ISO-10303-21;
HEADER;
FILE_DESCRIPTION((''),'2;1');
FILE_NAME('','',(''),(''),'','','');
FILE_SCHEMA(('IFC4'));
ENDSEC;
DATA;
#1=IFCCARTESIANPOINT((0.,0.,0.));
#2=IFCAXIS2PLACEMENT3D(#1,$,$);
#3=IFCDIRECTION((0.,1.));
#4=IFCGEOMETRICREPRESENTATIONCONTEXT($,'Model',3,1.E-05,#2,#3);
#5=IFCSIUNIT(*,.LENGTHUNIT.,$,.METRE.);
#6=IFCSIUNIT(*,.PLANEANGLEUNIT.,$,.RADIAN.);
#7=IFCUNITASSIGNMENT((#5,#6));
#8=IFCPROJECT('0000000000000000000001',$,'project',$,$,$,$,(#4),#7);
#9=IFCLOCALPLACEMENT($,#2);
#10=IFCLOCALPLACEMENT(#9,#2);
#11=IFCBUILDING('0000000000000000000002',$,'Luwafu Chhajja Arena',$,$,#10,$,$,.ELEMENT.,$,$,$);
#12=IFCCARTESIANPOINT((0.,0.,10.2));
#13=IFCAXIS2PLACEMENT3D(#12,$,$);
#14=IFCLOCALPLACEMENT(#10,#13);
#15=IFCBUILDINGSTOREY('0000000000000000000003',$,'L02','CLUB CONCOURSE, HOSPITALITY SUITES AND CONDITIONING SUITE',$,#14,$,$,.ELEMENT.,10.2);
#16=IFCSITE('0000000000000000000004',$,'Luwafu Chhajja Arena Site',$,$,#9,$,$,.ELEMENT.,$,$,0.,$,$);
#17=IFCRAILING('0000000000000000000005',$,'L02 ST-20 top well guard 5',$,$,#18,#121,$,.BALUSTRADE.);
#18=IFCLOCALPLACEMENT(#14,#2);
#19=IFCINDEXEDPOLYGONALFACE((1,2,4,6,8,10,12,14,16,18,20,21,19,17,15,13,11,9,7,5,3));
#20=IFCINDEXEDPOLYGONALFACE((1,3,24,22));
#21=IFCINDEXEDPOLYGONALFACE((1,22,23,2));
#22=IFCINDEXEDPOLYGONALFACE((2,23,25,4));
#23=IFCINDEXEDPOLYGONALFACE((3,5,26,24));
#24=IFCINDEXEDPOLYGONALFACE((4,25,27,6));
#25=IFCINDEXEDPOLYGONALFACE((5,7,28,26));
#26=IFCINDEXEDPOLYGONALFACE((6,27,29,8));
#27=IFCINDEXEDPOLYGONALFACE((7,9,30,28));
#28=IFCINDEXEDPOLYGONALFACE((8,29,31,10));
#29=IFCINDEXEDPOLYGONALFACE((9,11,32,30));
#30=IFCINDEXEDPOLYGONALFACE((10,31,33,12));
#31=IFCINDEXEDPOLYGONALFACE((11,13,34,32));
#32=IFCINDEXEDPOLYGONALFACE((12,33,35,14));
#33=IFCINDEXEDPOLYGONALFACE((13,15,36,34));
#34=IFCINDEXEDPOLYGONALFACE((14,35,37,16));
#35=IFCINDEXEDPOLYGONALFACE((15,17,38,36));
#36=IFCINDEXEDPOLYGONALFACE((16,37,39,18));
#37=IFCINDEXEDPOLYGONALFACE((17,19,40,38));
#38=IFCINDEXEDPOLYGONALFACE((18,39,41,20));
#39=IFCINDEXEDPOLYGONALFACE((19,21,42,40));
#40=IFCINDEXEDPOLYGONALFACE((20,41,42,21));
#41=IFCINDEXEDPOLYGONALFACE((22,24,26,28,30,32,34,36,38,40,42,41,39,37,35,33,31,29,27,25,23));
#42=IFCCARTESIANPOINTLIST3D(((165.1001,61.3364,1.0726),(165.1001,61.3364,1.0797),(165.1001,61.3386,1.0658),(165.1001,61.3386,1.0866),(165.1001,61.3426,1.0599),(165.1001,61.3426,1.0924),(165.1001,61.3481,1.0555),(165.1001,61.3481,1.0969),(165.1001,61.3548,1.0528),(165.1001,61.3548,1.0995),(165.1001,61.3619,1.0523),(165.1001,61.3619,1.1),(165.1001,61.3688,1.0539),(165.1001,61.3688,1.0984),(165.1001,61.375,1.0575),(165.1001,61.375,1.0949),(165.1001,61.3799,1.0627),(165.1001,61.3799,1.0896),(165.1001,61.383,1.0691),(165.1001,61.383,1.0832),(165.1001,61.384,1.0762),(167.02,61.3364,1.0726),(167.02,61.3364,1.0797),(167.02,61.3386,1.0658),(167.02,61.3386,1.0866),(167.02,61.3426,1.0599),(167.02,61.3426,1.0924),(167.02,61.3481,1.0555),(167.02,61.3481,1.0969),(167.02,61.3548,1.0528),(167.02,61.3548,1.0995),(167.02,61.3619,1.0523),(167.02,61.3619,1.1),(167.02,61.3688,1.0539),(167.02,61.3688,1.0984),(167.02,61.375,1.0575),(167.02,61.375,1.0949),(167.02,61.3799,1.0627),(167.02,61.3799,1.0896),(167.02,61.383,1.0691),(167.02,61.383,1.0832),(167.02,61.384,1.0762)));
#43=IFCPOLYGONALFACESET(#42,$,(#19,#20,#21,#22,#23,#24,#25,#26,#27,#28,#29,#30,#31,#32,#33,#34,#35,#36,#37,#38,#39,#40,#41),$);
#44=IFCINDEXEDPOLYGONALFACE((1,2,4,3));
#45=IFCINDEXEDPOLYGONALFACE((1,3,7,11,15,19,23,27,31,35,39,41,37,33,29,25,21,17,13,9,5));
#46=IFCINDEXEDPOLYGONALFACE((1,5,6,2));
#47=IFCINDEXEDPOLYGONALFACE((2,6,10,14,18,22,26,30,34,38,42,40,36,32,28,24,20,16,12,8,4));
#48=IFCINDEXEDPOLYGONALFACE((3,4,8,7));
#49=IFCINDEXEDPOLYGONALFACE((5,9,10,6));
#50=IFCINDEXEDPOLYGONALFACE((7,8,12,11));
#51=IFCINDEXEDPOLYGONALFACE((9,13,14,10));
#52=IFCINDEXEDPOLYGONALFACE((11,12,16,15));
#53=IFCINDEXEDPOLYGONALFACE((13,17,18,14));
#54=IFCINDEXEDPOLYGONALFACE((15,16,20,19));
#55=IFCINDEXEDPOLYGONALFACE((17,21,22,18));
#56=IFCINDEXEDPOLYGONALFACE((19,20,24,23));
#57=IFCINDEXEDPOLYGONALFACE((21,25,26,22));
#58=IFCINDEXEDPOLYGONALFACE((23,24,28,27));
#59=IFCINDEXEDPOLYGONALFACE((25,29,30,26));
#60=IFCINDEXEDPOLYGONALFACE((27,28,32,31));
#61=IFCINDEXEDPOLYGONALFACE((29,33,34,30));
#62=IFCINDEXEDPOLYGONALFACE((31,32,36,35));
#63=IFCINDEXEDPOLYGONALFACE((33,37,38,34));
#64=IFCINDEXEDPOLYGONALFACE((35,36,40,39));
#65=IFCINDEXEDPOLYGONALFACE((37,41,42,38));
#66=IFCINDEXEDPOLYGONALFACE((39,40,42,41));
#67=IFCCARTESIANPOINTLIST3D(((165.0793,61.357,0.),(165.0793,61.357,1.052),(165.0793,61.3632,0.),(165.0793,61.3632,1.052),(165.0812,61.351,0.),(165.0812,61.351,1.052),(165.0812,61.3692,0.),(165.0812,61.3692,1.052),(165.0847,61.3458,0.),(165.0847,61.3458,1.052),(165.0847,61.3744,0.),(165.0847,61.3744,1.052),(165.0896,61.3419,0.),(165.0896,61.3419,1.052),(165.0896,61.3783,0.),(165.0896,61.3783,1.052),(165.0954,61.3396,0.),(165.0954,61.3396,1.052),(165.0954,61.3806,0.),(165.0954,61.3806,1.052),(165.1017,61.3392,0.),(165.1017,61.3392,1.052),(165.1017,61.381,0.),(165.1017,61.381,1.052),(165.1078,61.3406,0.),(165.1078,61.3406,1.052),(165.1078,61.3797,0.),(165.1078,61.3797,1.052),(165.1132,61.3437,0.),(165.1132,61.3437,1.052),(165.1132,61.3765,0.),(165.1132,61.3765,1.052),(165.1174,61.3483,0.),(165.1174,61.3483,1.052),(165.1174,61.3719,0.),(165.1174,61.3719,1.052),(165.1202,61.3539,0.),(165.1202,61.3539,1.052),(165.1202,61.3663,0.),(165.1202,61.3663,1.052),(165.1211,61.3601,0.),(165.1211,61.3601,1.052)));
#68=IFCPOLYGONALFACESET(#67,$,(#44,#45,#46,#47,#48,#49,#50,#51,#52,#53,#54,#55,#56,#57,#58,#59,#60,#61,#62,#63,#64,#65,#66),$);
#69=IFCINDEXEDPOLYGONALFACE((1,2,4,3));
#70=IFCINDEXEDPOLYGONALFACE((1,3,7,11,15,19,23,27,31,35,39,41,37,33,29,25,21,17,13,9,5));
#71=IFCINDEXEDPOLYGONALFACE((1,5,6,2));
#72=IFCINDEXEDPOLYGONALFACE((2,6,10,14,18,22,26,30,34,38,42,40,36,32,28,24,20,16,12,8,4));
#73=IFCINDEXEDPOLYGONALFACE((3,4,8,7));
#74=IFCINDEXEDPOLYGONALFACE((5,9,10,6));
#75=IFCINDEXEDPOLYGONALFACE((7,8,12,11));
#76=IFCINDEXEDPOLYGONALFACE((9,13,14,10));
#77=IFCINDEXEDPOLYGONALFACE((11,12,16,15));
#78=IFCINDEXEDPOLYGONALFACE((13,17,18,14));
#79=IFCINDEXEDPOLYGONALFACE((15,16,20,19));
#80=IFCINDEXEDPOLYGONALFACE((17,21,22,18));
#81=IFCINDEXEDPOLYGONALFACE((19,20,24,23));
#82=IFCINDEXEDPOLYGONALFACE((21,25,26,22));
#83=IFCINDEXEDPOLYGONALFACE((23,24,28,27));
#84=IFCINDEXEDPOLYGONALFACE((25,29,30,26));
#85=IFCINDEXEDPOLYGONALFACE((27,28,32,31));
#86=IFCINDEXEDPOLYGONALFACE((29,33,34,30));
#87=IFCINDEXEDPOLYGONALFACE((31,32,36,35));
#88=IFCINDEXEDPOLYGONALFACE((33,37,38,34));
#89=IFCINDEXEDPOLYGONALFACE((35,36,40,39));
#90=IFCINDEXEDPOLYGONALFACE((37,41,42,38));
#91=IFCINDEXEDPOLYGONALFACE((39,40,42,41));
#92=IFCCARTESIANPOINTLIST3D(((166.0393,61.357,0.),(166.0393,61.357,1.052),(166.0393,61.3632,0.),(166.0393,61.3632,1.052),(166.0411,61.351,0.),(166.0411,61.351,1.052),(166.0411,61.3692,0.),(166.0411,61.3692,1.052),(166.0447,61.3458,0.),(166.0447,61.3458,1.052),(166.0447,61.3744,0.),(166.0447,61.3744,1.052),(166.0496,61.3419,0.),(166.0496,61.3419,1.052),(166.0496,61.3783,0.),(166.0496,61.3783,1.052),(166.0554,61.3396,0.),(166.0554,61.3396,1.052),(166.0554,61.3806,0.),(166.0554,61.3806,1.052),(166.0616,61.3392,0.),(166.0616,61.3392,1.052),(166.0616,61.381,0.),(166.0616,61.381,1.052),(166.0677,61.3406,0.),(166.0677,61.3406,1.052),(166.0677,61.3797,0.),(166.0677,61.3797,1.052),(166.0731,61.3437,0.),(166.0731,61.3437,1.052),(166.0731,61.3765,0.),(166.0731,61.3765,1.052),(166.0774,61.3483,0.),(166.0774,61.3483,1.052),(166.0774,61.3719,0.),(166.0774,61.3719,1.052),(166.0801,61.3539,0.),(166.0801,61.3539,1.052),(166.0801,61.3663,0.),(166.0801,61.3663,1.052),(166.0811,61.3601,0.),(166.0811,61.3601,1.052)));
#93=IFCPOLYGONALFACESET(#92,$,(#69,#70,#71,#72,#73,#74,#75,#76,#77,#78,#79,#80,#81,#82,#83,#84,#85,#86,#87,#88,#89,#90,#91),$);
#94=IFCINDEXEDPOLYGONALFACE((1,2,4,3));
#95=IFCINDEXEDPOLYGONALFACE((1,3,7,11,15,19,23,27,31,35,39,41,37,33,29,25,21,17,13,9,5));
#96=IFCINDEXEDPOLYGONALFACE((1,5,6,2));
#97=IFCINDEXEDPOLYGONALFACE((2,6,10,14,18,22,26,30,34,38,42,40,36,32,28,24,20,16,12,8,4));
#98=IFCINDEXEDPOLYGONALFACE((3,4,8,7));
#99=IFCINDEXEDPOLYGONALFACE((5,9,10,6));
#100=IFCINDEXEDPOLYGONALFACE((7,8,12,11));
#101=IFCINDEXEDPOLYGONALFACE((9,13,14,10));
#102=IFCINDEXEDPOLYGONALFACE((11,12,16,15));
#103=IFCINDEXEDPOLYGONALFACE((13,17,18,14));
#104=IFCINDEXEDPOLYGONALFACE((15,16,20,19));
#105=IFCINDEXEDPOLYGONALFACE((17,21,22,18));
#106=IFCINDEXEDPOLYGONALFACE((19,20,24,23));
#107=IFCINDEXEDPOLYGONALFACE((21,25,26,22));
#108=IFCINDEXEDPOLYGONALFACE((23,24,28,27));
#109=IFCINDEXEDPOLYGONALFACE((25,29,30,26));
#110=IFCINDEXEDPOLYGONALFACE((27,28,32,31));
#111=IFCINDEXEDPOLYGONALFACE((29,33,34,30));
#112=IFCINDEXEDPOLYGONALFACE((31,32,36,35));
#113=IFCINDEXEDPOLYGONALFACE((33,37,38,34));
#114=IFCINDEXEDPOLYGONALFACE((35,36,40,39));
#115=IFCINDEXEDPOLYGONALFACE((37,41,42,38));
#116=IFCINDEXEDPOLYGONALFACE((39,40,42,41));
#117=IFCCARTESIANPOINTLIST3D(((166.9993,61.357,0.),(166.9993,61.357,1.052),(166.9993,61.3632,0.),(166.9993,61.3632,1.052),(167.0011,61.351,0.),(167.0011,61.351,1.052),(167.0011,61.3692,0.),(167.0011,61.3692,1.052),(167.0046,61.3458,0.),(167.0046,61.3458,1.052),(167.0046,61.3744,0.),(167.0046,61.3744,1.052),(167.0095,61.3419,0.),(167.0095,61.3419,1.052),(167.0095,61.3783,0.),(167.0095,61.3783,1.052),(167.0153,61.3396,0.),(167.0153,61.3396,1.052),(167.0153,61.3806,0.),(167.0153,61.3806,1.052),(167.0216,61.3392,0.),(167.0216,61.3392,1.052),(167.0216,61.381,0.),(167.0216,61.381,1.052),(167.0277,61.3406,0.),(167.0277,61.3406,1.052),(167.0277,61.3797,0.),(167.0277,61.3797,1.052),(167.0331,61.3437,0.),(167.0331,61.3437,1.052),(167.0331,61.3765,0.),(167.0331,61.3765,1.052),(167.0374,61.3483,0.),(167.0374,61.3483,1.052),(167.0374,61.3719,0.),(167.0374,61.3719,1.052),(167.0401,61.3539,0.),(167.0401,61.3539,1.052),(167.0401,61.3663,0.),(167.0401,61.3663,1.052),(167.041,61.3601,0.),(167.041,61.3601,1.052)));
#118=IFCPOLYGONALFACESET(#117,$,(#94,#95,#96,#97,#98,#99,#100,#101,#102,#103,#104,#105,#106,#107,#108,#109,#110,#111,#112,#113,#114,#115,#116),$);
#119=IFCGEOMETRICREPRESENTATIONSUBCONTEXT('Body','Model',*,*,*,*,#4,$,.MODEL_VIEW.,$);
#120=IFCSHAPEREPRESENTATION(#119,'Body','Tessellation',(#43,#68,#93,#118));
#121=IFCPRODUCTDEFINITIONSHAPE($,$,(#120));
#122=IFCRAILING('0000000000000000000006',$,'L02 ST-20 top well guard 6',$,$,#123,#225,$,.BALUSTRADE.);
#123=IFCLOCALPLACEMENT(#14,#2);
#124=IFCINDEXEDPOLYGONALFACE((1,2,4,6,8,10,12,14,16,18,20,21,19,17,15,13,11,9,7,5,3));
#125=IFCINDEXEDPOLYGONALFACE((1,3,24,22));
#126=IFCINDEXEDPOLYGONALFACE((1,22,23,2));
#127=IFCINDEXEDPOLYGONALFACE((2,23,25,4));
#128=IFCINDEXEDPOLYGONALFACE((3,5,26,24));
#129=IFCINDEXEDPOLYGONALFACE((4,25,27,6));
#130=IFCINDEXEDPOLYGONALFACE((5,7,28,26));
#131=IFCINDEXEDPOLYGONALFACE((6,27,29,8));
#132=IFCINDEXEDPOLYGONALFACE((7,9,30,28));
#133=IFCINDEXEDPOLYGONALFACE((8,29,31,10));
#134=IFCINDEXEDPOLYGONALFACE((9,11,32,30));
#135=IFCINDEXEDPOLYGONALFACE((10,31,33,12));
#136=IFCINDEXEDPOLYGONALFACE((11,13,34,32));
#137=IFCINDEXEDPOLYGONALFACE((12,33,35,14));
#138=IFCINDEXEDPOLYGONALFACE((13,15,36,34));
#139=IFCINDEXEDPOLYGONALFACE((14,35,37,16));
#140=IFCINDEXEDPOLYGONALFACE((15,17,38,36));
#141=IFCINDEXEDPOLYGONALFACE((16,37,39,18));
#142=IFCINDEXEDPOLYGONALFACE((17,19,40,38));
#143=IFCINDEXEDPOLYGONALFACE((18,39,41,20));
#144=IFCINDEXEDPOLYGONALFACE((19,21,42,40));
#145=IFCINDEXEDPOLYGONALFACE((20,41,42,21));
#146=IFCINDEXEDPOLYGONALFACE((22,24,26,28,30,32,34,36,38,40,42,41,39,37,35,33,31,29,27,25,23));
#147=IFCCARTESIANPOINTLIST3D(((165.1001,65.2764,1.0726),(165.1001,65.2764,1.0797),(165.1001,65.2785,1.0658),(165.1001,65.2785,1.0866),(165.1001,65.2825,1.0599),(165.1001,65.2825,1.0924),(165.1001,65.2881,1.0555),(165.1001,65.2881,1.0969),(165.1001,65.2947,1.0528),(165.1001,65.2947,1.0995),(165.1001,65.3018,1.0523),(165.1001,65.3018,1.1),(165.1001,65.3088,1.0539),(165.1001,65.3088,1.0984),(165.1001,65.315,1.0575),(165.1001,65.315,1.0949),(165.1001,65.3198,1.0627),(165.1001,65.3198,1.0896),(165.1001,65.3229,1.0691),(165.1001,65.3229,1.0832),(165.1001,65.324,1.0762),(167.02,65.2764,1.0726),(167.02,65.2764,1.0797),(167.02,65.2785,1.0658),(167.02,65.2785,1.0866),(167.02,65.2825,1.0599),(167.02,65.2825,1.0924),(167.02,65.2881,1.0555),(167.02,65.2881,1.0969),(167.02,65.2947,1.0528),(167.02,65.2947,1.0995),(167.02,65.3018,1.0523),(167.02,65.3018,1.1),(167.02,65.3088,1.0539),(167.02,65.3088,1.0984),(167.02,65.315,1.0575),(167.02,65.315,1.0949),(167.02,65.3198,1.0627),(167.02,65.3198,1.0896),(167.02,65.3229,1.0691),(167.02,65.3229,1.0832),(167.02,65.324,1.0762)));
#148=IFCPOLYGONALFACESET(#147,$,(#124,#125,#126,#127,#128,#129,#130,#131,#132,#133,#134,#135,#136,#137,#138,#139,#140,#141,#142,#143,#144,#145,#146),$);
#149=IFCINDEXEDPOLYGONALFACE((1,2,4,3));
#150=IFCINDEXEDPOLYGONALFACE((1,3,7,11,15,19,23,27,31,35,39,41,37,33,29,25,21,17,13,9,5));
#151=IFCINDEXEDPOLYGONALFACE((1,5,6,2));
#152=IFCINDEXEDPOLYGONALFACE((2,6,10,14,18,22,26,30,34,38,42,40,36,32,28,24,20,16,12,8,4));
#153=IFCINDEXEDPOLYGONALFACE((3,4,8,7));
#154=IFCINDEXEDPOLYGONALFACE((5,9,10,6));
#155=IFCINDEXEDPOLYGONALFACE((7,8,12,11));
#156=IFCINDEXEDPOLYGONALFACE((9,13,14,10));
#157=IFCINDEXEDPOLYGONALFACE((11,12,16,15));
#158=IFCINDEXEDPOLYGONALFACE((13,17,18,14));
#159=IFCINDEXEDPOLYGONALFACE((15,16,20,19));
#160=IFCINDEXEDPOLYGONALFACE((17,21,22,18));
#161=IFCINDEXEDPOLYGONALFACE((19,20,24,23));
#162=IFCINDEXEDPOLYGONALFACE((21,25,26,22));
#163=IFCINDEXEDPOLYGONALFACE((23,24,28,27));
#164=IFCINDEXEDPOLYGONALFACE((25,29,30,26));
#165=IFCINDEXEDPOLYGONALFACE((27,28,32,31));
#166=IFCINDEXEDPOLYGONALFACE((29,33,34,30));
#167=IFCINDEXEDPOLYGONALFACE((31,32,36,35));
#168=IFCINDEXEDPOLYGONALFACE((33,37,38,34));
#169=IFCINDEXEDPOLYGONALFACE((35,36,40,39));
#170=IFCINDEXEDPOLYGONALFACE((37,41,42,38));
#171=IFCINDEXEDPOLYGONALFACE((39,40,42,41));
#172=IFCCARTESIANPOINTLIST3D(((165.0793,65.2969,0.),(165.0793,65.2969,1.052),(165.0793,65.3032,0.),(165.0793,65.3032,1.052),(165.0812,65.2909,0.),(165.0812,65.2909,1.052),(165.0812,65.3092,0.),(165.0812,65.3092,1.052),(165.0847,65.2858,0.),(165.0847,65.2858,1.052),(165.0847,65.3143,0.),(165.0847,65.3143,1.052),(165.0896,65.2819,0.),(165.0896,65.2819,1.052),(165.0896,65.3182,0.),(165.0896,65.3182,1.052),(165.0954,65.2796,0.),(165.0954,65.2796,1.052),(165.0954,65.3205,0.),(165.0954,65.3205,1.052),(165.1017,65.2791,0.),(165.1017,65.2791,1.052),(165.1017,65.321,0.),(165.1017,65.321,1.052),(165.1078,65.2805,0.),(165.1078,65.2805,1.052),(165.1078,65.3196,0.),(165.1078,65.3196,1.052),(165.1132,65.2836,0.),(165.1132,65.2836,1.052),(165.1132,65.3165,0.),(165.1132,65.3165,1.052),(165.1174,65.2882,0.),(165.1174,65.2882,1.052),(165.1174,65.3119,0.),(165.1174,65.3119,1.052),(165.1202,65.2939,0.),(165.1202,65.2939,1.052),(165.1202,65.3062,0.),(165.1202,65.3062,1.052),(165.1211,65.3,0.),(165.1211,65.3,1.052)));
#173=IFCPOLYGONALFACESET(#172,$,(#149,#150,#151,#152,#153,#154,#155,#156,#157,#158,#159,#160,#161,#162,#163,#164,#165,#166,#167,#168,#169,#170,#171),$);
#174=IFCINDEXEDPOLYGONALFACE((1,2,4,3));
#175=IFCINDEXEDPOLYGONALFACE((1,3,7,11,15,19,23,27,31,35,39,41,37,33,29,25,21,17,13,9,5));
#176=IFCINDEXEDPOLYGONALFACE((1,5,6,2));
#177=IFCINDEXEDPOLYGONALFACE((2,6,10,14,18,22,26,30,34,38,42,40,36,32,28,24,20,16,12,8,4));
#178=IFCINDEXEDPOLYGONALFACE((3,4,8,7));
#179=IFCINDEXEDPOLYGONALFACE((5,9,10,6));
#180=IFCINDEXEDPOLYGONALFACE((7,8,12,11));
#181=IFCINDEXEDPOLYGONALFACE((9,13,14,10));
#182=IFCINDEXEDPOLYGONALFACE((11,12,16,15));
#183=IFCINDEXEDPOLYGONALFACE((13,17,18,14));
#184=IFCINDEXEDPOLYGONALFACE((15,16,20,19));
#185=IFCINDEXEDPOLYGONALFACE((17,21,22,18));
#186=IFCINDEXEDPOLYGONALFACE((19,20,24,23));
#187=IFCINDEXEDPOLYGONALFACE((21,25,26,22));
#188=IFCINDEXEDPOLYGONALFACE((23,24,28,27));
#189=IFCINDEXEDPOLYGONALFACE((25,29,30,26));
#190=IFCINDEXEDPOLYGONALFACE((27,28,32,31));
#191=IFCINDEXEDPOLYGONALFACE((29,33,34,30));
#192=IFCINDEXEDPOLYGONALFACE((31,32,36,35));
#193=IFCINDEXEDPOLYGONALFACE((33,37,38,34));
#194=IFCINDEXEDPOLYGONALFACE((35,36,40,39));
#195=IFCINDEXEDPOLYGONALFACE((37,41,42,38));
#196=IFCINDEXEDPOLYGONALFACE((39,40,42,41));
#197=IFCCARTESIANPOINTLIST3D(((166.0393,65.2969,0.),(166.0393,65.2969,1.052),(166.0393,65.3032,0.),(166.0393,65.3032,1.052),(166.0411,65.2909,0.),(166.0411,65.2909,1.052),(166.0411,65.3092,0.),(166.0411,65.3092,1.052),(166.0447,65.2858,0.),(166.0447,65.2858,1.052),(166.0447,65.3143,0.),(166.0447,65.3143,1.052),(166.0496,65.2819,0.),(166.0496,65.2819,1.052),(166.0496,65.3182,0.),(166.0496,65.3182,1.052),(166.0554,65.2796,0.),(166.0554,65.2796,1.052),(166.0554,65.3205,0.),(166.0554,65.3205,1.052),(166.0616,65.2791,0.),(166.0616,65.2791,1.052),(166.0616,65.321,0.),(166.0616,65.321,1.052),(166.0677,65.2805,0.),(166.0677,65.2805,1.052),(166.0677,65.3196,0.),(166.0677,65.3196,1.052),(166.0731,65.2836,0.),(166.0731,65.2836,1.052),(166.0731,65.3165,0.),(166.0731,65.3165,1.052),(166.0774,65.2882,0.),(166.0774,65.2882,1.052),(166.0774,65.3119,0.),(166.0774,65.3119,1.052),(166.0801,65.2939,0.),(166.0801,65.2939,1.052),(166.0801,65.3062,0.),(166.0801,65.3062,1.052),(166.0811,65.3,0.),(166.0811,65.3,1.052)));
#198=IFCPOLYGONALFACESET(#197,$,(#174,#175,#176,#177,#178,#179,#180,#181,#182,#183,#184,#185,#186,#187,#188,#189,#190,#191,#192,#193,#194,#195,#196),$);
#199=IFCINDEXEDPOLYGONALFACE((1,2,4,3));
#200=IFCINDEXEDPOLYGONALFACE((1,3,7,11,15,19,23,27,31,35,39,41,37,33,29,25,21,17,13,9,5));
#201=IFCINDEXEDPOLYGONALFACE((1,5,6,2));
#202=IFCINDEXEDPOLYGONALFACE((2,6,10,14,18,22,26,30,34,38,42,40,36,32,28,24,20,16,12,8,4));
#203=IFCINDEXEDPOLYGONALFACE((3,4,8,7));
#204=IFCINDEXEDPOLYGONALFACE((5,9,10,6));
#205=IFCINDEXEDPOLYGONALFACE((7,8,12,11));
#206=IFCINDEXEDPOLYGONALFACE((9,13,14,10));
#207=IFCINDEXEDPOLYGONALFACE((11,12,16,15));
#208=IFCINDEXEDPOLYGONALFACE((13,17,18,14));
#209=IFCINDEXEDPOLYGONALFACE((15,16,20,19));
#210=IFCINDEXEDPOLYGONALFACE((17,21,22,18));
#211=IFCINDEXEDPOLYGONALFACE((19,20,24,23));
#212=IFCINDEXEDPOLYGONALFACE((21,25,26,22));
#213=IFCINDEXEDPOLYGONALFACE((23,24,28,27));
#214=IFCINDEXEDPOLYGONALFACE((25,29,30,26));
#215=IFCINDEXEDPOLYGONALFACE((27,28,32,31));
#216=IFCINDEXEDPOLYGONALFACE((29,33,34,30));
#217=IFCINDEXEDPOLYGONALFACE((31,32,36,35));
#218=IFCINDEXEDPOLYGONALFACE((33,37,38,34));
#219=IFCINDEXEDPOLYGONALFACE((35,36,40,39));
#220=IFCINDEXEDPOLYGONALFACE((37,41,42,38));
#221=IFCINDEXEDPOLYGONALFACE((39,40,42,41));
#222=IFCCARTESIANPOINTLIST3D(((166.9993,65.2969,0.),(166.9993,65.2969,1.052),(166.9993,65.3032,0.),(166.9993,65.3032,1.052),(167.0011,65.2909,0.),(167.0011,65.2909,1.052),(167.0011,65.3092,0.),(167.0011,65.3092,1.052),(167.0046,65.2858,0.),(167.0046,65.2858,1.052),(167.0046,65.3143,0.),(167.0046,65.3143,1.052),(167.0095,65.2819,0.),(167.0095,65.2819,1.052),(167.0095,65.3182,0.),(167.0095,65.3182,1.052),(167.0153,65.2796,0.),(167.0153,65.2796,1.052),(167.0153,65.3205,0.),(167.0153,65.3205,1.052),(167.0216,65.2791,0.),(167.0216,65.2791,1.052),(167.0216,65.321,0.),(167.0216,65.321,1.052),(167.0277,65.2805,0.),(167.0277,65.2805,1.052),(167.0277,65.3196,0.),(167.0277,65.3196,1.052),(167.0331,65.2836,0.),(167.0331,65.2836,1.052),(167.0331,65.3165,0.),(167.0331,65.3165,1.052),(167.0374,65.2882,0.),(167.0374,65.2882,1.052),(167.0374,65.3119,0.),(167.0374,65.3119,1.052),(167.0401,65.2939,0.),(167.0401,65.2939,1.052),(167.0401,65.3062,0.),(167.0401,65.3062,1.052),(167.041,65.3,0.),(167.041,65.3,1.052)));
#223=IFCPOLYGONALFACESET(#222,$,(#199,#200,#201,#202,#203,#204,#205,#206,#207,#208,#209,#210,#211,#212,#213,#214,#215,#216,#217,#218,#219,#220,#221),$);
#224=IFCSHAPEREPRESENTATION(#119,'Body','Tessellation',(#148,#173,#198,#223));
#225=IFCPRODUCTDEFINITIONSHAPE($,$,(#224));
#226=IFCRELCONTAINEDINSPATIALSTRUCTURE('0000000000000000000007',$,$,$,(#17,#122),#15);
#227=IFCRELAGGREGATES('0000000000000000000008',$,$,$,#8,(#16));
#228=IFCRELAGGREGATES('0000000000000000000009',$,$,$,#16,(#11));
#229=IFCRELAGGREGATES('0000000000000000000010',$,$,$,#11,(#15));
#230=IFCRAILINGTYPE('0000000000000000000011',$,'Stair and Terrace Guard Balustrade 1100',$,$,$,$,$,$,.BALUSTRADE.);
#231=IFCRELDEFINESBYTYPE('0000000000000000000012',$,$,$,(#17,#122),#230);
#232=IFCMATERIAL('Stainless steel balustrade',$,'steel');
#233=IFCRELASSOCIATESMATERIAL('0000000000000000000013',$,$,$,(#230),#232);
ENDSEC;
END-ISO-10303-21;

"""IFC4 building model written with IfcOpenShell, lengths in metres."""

from ifc_helpers import new_model, si_unit, direction, frame, origin, origin_2d, place, context, subcontext, project, spatial, circle, extrude, material, type_object, element, save


model = new_model("IFC4")

# Units and contexts
model_context = context("Model", 3, precision=1e-05, world=origin(), true_north=direction((0.0, 1.0)))
body_context = subcontext(model_context, "Body", "Model", "MODEL_VIEW")
ifc_project = project(units=[si_unit("LENGTHUNIT", "METRE"), si_unit("PLANEANGLEUNIT", "RADIAN")], contexts=[model_context])

# Site, building, storey
site_placement = place(None, origin())
site = spatial("IfcSite", under=ifc_project, at=site_placement, Name="Luwafu Chhajja Arena Site", CompositionType="ELEMENT", RefElevation=0.0)
building_placement = place(site_placement, origin())
building = spatial("IfcBuilding", under=site, at=building_placement, Name="Luwafu Chhajja Arena", CompositionType="ELEMENT")
storey_placement = place(building_placement, frame((0.0, 0.0, 10.2)))
storey = spatial("IfcBuildingStorey", under=building, at=storey_placement, Name="L02", Description="CLUB CONCOURSE, HOSPITALITY SUITES AND CONDITIONING SUITE", CompositionType="ELEMENT", Elevation=10.2)

# Railings
ifc_material_1 = material(Name="Stainless steel balustrade", Category="steel")
railing_type = type_object("IfcRailingType", Name="Stair and Terrace Guard Balustrade 1100", PredefinedType="BALUSTRADE", material=ifc_material_1)
for number, where, name in (
    (1, (165.1001, 61.3601, 0.0), "L02 ST-20 top well guard 5"),
    (2, (165.1001, 65.3, 0.0), "L02 ST-20 top well guard 6"),
):
    element("IfcRailing", number, at=place(storey_placement, frame(where)), inside=storey, type_object=railing_type, Name=name, PredefinedType="BALUSTRADE", context=body_context, shape_type="SweptSolid", body=[
        extrude(circle(Radius=0.0239, at=origin_2d()), frame((0.0, 0.0, 1.0762), z_axis=(1.0, 0.0, 0.0), x_axis=(0.0, 1.0, 0.0)), (0.0, 0.0, 1.0), 1.9199),
        extrude(circle(Radius=0.021, at=origin_2d()), origin(), (0.0, 0.0, 1.0), 1.052),
        extrude(circle(Radius=0.021, at=origin_2d()), frame((0.96, 0.0, 0.0)), (0.0, 0.0, 1.0), 1.052),
        extrude(circle(Radius=0.021, at=origin_2d()), frame((1.9199, 0.0, 0.0)), (0.0, 0.0, 1.0), 1.052),
    ])

save(model, "model.ifc")
